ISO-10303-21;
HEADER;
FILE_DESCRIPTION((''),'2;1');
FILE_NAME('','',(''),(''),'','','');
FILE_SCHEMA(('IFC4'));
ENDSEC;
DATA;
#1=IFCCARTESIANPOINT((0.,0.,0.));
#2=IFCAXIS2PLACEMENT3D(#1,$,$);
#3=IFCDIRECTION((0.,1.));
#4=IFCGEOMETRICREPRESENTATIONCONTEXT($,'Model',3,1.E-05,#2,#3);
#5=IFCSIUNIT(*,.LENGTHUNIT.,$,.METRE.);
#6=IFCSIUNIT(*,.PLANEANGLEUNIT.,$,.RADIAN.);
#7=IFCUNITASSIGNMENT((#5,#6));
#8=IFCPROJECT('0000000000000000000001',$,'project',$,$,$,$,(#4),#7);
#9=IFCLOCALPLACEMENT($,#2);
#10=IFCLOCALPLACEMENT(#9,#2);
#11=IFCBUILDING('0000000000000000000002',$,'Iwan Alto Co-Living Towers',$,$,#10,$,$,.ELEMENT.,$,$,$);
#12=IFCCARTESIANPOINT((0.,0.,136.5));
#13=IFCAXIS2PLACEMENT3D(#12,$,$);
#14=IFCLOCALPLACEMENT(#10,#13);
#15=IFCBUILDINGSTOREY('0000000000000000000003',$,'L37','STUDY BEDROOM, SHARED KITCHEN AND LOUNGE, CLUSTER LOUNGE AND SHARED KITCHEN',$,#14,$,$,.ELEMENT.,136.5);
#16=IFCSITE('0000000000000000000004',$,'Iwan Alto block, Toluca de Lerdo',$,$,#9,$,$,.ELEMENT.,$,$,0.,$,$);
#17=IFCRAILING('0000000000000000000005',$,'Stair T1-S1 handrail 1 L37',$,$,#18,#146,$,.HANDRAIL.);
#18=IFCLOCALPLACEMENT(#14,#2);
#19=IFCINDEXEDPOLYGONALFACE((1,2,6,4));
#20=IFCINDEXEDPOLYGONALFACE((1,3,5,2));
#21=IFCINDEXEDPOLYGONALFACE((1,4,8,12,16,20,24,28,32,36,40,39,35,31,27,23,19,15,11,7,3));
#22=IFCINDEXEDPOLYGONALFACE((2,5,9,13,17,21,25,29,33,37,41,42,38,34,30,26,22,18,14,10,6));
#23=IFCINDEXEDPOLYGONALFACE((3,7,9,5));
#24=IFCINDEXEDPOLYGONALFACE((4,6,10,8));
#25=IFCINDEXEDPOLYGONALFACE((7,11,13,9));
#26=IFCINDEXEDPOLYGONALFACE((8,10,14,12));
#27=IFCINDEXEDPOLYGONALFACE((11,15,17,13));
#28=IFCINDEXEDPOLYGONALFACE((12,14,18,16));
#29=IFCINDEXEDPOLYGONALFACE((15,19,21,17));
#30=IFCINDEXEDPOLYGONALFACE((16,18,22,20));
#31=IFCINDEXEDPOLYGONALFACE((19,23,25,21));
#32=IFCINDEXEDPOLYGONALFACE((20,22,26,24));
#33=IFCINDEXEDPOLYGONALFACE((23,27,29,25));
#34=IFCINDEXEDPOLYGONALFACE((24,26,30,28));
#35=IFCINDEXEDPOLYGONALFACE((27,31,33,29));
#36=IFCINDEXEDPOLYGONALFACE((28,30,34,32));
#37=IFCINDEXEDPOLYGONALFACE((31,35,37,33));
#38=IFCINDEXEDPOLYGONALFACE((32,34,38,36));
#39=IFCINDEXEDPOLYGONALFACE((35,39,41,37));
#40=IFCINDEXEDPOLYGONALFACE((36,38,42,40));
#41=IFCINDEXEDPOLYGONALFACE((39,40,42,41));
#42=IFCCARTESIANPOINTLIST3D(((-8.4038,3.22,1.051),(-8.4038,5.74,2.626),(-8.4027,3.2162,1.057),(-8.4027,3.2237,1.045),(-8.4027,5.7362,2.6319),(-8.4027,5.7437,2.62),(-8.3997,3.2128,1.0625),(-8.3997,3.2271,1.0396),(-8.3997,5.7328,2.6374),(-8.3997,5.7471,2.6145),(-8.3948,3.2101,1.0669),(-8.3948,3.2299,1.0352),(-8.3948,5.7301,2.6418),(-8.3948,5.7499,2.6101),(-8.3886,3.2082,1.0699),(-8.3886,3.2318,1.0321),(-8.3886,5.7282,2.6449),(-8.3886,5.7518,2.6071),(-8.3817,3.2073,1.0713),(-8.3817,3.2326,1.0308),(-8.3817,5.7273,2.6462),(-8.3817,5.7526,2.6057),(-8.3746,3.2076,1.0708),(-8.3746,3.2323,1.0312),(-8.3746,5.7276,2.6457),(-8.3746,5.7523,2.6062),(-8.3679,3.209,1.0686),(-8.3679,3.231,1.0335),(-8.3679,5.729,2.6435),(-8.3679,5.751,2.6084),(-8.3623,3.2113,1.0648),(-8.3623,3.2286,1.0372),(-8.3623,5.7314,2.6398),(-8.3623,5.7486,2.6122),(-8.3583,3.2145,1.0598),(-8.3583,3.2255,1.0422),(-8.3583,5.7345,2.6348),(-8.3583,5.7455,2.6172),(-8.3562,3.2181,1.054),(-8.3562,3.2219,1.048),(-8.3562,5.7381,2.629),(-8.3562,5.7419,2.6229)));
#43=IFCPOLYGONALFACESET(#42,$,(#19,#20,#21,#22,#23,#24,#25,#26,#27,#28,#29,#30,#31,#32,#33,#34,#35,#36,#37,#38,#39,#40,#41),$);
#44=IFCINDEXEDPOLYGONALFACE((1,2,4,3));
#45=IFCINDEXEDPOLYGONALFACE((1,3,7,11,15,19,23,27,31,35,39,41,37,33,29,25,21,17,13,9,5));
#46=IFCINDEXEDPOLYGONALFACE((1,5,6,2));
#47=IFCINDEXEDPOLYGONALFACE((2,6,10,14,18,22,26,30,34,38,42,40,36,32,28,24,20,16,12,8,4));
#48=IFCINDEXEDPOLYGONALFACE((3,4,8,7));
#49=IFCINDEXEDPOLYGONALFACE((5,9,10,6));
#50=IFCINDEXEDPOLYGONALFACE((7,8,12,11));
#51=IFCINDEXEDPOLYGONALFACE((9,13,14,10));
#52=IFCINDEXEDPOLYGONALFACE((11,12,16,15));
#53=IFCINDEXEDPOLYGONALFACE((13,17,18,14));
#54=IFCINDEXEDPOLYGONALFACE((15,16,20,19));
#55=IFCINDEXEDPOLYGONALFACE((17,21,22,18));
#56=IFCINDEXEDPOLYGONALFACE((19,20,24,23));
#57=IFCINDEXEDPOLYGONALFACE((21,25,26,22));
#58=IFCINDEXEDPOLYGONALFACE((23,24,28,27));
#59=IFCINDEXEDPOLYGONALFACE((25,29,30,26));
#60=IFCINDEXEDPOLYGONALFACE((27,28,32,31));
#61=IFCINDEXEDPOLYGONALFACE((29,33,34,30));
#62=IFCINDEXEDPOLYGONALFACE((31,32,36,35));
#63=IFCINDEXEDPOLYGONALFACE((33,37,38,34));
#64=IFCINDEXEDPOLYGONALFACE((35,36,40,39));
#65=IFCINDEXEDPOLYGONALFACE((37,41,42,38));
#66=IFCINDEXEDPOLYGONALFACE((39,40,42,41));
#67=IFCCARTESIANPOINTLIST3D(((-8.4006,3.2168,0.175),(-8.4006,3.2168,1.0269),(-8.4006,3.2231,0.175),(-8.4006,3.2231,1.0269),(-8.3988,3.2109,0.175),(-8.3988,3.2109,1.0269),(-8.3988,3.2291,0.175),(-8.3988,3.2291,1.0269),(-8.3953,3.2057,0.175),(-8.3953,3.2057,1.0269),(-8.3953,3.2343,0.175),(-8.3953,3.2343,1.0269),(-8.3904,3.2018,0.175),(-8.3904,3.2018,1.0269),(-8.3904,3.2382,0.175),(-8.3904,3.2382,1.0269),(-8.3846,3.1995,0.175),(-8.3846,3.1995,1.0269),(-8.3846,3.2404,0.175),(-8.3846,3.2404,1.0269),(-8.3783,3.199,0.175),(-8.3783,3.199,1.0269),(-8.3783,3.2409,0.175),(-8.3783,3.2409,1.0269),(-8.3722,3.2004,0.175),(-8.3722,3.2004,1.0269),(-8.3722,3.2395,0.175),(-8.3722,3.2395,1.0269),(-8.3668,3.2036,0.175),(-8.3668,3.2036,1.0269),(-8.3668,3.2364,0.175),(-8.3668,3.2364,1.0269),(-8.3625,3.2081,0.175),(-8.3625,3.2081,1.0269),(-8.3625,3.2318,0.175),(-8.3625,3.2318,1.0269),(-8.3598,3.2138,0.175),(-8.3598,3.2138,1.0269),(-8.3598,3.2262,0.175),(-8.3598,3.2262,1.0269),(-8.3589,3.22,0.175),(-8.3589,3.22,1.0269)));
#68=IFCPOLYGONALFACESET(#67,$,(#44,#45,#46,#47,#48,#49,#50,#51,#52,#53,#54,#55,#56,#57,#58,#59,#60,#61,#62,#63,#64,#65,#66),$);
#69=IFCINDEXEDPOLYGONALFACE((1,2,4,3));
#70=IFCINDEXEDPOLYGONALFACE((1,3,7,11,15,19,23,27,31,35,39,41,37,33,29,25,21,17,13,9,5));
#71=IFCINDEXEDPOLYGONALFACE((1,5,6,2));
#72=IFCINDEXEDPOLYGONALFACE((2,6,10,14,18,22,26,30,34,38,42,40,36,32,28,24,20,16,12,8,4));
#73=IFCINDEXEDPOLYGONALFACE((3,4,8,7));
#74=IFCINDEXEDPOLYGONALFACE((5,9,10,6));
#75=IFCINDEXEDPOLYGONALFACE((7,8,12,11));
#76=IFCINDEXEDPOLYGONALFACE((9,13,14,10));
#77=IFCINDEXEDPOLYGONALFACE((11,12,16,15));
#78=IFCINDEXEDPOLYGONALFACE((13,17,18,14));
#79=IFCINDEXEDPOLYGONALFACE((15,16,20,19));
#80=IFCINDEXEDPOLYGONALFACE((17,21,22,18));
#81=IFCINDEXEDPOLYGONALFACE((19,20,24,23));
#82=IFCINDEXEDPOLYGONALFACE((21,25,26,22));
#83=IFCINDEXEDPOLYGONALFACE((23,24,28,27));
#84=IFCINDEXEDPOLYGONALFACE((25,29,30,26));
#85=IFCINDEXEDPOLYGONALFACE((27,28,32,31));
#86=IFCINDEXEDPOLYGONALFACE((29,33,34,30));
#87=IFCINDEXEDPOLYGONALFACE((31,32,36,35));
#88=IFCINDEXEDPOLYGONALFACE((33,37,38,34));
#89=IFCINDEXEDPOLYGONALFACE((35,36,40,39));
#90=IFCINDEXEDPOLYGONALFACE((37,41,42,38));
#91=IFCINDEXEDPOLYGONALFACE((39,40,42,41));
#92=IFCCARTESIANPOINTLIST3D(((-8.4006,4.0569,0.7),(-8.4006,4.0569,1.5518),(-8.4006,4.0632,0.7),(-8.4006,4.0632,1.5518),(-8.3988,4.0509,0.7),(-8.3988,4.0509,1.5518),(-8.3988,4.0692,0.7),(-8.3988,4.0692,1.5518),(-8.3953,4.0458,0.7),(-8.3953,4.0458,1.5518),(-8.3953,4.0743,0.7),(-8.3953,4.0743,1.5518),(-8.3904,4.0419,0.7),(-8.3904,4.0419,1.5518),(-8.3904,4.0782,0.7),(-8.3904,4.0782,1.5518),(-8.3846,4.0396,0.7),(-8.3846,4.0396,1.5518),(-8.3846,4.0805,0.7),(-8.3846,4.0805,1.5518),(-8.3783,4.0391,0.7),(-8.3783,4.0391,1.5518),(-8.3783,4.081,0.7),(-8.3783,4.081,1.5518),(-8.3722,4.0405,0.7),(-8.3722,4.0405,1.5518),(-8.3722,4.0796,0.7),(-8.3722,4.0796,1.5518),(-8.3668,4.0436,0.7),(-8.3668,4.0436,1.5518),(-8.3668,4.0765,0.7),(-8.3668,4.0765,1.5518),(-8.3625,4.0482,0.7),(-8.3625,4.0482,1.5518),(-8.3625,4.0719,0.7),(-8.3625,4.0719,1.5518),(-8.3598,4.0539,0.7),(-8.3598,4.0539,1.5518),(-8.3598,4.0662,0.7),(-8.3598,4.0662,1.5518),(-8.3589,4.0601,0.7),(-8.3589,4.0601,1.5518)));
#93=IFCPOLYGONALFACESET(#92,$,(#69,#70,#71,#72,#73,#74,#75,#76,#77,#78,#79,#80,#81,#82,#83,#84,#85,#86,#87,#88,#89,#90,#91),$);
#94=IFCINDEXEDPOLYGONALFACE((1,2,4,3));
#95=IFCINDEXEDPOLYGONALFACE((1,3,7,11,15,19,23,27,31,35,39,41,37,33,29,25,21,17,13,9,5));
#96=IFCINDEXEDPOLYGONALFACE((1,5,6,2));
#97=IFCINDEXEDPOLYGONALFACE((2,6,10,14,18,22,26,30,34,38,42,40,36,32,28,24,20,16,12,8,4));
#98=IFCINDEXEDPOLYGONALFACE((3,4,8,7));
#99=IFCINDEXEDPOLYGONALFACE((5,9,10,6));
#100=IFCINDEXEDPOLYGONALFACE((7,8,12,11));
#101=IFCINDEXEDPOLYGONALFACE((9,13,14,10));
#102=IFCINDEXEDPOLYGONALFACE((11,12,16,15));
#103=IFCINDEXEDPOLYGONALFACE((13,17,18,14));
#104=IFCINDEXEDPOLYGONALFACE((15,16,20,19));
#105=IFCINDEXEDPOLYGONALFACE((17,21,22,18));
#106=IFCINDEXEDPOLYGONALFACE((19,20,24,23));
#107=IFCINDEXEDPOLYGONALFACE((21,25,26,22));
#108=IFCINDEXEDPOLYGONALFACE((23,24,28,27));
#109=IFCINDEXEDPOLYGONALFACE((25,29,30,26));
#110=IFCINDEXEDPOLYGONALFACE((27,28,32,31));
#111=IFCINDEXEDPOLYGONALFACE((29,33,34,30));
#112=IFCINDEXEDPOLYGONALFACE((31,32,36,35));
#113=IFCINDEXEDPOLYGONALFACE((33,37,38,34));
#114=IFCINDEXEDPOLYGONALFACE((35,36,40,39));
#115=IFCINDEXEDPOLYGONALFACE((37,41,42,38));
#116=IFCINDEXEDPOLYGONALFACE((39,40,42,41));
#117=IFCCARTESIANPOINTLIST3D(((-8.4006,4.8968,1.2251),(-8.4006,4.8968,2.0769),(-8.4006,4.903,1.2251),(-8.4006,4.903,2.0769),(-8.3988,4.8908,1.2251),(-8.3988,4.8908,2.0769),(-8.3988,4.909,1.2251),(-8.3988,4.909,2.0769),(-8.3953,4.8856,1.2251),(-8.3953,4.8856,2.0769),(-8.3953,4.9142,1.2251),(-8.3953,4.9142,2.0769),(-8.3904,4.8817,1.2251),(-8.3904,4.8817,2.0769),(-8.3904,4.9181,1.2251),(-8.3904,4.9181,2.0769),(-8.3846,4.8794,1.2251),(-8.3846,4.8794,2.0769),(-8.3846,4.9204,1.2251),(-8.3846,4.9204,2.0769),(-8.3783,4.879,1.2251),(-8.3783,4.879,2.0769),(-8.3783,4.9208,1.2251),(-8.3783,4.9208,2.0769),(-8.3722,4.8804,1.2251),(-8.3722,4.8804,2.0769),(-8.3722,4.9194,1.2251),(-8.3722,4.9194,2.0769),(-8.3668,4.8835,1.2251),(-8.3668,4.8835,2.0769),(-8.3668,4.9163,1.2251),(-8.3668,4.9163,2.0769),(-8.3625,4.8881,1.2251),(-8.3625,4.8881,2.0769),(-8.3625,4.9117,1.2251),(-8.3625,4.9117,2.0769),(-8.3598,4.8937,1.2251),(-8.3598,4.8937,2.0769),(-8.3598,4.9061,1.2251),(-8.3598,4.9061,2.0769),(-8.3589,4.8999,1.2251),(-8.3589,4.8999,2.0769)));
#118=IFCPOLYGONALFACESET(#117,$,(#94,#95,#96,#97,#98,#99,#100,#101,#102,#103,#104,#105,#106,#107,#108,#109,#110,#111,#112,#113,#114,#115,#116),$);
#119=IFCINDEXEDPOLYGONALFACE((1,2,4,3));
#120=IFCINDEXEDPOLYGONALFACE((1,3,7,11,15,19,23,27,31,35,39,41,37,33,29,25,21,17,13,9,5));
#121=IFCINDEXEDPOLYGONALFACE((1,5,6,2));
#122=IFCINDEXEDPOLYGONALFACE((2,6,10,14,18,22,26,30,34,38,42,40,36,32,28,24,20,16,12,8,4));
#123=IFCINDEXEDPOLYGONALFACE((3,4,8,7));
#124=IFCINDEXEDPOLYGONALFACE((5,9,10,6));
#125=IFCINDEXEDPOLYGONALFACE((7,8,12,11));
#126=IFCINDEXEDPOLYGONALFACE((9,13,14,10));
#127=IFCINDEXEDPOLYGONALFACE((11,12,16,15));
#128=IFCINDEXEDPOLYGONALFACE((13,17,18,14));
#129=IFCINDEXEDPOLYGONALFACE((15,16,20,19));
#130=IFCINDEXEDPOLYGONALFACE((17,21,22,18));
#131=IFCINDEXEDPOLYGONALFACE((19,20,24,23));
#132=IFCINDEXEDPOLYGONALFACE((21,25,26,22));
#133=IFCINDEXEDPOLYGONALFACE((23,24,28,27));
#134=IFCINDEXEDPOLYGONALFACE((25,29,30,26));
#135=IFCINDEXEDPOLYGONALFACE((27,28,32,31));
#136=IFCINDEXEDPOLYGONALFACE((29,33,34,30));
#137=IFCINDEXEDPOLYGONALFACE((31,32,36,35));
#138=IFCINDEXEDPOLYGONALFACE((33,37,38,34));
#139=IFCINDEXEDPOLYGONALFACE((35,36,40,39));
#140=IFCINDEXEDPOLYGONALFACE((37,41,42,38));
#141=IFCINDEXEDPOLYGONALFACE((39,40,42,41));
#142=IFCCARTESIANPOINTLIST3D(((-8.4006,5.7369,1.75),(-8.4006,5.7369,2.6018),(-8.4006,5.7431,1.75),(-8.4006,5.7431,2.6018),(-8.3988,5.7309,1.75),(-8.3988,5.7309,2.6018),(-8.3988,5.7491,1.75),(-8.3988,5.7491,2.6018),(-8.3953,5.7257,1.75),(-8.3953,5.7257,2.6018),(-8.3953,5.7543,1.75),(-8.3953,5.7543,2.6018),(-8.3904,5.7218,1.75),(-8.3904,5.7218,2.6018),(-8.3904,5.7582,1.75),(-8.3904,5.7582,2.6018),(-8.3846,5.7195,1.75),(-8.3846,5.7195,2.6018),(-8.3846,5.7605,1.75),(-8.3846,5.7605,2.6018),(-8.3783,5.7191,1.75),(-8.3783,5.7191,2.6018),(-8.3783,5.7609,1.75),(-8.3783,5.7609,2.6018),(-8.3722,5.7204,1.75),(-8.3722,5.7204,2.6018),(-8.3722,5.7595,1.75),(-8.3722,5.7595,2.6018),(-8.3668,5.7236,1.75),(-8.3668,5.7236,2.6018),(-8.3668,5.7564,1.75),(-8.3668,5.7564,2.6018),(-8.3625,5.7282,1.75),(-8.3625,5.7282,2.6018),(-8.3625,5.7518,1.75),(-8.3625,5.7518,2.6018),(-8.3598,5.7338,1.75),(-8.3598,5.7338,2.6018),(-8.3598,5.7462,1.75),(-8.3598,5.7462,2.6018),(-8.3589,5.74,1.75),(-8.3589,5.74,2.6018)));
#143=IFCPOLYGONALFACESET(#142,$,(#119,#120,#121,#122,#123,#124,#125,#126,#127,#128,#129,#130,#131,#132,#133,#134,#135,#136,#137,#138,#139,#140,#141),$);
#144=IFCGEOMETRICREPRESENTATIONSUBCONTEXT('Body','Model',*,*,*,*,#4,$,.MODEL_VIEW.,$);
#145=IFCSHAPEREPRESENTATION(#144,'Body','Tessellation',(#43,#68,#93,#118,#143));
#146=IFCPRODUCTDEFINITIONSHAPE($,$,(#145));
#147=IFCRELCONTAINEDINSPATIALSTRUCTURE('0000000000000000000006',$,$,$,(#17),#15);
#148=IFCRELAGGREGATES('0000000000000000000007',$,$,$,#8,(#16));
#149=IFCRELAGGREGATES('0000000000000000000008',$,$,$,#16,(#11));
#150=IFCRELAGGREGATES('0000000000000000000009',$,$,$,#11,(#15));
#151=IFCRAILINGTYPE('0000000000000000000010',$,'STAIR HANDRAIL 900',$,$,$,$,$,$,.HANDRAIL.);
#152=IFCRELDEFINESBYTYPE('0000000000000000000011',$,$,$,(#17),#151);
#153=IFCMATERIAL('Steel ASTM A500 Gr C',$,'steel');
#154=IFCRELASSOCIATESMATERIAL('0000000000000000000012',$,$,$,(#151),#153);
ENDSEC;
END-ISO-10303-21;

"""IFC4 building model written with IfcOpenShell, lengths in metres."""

from ifc_helpers import new_model, si_unit, direction, frame, origin, origin_2d, place, context, subcontext, project, spatial, circle, extrude, material, type_object, element, save


model = new_model("IFC4")

# Units and contexts
model_context = context("Model", 3, precision=1e-05, world=origin(), true_north=direction((0.0, 1.0)))
body_context = subcontext(model_context, "Body", "Model", "MODEL_VIEW")
ifc_project = project(units=[si_unit("LENGTHUNIT", "METRE"), si_unit("PLANEANGLEUNIT", "RADIAN")], contexts=[model_context])

# Site, building, storey
site_placement = place(None, origin())
site = spatial("IfcSite", under=ifc_project, at=site_placement, Name="Iwan Alto block, Toluca de Lerdo", CompositionType="ELEMENT", RefElevation=0.0)
building_placement = place(site_placement, origin())
building = spatial("IfcBuilding", under=site, at=building_placement, Name="Iwan Alto Co-Living Towers", CompositionType="ELEMENT")
storey_placement = place(building_placement, frame((0.0, 0.0, 136.5)))
storey = spatial("IfcBuildingStorey", under=building, at=storey_placement, Name="L37", Description="STUDY BEDROOM, SHARED KITCHEN AND LOUNGE, CLUSTER LOUNGE AND SHARED KITCHEN", CompositionType="ELEMENT", Elevation=136.5)

# Railing
ifc_material_1 = material(Name="Steel ASTM A500 Gr C", Category="steel")
railing_type_1 = type_object("IfcRailingType", Name="STAIR HANDRAIL 900", PredefinedType="HANDRAIL", material=ifc_material_1)
railing_1_placement = place(storey_placement, frame((-8.3799, 3.22, 0.175)))
element("IfcRailing", 1, at=railing_1_placement, inside=storey, type_object=railing_type_1, Name="Stair T1-S1 handrail 1 L37", PredefinedType="HANDRAIL", context=body_context, shape_type="SweptSolid", body=[
    extrude(circle(Radius=0.0239, at=origin_2d()), frame((0.0, 0.0, 0.876), z_axis=(0.0, 0.848008, 0.529984), x_axis=(-1.0, 0.0, 0.0)), (0.0, 0.0, 1.0), 2.9717),
    extrude(circle(Radius=0.021, at=origin_2d()), origin(), (0.0, 0.0, 1.0), 0.8518),
    extrude(circle(Radius=0.021, at=origin_2d()), frame((0.0, 0.8401, 0.5249)), (0.0, 0.0, 1.0), 0.8518),
    extrude(circle(Radius=0.021, at=origin_2d()), frame((0.0, 1.6799, 1.05)), (0.0, 0.0, 1.0), 0.8518),
    extrude(circle(Radius=0.021, at=origin_2d()), frame((0.0, 2.52, 1.575)), (0.0, 0.0, 1.0), 0.8518),
])

save(model, "model.ifc")
